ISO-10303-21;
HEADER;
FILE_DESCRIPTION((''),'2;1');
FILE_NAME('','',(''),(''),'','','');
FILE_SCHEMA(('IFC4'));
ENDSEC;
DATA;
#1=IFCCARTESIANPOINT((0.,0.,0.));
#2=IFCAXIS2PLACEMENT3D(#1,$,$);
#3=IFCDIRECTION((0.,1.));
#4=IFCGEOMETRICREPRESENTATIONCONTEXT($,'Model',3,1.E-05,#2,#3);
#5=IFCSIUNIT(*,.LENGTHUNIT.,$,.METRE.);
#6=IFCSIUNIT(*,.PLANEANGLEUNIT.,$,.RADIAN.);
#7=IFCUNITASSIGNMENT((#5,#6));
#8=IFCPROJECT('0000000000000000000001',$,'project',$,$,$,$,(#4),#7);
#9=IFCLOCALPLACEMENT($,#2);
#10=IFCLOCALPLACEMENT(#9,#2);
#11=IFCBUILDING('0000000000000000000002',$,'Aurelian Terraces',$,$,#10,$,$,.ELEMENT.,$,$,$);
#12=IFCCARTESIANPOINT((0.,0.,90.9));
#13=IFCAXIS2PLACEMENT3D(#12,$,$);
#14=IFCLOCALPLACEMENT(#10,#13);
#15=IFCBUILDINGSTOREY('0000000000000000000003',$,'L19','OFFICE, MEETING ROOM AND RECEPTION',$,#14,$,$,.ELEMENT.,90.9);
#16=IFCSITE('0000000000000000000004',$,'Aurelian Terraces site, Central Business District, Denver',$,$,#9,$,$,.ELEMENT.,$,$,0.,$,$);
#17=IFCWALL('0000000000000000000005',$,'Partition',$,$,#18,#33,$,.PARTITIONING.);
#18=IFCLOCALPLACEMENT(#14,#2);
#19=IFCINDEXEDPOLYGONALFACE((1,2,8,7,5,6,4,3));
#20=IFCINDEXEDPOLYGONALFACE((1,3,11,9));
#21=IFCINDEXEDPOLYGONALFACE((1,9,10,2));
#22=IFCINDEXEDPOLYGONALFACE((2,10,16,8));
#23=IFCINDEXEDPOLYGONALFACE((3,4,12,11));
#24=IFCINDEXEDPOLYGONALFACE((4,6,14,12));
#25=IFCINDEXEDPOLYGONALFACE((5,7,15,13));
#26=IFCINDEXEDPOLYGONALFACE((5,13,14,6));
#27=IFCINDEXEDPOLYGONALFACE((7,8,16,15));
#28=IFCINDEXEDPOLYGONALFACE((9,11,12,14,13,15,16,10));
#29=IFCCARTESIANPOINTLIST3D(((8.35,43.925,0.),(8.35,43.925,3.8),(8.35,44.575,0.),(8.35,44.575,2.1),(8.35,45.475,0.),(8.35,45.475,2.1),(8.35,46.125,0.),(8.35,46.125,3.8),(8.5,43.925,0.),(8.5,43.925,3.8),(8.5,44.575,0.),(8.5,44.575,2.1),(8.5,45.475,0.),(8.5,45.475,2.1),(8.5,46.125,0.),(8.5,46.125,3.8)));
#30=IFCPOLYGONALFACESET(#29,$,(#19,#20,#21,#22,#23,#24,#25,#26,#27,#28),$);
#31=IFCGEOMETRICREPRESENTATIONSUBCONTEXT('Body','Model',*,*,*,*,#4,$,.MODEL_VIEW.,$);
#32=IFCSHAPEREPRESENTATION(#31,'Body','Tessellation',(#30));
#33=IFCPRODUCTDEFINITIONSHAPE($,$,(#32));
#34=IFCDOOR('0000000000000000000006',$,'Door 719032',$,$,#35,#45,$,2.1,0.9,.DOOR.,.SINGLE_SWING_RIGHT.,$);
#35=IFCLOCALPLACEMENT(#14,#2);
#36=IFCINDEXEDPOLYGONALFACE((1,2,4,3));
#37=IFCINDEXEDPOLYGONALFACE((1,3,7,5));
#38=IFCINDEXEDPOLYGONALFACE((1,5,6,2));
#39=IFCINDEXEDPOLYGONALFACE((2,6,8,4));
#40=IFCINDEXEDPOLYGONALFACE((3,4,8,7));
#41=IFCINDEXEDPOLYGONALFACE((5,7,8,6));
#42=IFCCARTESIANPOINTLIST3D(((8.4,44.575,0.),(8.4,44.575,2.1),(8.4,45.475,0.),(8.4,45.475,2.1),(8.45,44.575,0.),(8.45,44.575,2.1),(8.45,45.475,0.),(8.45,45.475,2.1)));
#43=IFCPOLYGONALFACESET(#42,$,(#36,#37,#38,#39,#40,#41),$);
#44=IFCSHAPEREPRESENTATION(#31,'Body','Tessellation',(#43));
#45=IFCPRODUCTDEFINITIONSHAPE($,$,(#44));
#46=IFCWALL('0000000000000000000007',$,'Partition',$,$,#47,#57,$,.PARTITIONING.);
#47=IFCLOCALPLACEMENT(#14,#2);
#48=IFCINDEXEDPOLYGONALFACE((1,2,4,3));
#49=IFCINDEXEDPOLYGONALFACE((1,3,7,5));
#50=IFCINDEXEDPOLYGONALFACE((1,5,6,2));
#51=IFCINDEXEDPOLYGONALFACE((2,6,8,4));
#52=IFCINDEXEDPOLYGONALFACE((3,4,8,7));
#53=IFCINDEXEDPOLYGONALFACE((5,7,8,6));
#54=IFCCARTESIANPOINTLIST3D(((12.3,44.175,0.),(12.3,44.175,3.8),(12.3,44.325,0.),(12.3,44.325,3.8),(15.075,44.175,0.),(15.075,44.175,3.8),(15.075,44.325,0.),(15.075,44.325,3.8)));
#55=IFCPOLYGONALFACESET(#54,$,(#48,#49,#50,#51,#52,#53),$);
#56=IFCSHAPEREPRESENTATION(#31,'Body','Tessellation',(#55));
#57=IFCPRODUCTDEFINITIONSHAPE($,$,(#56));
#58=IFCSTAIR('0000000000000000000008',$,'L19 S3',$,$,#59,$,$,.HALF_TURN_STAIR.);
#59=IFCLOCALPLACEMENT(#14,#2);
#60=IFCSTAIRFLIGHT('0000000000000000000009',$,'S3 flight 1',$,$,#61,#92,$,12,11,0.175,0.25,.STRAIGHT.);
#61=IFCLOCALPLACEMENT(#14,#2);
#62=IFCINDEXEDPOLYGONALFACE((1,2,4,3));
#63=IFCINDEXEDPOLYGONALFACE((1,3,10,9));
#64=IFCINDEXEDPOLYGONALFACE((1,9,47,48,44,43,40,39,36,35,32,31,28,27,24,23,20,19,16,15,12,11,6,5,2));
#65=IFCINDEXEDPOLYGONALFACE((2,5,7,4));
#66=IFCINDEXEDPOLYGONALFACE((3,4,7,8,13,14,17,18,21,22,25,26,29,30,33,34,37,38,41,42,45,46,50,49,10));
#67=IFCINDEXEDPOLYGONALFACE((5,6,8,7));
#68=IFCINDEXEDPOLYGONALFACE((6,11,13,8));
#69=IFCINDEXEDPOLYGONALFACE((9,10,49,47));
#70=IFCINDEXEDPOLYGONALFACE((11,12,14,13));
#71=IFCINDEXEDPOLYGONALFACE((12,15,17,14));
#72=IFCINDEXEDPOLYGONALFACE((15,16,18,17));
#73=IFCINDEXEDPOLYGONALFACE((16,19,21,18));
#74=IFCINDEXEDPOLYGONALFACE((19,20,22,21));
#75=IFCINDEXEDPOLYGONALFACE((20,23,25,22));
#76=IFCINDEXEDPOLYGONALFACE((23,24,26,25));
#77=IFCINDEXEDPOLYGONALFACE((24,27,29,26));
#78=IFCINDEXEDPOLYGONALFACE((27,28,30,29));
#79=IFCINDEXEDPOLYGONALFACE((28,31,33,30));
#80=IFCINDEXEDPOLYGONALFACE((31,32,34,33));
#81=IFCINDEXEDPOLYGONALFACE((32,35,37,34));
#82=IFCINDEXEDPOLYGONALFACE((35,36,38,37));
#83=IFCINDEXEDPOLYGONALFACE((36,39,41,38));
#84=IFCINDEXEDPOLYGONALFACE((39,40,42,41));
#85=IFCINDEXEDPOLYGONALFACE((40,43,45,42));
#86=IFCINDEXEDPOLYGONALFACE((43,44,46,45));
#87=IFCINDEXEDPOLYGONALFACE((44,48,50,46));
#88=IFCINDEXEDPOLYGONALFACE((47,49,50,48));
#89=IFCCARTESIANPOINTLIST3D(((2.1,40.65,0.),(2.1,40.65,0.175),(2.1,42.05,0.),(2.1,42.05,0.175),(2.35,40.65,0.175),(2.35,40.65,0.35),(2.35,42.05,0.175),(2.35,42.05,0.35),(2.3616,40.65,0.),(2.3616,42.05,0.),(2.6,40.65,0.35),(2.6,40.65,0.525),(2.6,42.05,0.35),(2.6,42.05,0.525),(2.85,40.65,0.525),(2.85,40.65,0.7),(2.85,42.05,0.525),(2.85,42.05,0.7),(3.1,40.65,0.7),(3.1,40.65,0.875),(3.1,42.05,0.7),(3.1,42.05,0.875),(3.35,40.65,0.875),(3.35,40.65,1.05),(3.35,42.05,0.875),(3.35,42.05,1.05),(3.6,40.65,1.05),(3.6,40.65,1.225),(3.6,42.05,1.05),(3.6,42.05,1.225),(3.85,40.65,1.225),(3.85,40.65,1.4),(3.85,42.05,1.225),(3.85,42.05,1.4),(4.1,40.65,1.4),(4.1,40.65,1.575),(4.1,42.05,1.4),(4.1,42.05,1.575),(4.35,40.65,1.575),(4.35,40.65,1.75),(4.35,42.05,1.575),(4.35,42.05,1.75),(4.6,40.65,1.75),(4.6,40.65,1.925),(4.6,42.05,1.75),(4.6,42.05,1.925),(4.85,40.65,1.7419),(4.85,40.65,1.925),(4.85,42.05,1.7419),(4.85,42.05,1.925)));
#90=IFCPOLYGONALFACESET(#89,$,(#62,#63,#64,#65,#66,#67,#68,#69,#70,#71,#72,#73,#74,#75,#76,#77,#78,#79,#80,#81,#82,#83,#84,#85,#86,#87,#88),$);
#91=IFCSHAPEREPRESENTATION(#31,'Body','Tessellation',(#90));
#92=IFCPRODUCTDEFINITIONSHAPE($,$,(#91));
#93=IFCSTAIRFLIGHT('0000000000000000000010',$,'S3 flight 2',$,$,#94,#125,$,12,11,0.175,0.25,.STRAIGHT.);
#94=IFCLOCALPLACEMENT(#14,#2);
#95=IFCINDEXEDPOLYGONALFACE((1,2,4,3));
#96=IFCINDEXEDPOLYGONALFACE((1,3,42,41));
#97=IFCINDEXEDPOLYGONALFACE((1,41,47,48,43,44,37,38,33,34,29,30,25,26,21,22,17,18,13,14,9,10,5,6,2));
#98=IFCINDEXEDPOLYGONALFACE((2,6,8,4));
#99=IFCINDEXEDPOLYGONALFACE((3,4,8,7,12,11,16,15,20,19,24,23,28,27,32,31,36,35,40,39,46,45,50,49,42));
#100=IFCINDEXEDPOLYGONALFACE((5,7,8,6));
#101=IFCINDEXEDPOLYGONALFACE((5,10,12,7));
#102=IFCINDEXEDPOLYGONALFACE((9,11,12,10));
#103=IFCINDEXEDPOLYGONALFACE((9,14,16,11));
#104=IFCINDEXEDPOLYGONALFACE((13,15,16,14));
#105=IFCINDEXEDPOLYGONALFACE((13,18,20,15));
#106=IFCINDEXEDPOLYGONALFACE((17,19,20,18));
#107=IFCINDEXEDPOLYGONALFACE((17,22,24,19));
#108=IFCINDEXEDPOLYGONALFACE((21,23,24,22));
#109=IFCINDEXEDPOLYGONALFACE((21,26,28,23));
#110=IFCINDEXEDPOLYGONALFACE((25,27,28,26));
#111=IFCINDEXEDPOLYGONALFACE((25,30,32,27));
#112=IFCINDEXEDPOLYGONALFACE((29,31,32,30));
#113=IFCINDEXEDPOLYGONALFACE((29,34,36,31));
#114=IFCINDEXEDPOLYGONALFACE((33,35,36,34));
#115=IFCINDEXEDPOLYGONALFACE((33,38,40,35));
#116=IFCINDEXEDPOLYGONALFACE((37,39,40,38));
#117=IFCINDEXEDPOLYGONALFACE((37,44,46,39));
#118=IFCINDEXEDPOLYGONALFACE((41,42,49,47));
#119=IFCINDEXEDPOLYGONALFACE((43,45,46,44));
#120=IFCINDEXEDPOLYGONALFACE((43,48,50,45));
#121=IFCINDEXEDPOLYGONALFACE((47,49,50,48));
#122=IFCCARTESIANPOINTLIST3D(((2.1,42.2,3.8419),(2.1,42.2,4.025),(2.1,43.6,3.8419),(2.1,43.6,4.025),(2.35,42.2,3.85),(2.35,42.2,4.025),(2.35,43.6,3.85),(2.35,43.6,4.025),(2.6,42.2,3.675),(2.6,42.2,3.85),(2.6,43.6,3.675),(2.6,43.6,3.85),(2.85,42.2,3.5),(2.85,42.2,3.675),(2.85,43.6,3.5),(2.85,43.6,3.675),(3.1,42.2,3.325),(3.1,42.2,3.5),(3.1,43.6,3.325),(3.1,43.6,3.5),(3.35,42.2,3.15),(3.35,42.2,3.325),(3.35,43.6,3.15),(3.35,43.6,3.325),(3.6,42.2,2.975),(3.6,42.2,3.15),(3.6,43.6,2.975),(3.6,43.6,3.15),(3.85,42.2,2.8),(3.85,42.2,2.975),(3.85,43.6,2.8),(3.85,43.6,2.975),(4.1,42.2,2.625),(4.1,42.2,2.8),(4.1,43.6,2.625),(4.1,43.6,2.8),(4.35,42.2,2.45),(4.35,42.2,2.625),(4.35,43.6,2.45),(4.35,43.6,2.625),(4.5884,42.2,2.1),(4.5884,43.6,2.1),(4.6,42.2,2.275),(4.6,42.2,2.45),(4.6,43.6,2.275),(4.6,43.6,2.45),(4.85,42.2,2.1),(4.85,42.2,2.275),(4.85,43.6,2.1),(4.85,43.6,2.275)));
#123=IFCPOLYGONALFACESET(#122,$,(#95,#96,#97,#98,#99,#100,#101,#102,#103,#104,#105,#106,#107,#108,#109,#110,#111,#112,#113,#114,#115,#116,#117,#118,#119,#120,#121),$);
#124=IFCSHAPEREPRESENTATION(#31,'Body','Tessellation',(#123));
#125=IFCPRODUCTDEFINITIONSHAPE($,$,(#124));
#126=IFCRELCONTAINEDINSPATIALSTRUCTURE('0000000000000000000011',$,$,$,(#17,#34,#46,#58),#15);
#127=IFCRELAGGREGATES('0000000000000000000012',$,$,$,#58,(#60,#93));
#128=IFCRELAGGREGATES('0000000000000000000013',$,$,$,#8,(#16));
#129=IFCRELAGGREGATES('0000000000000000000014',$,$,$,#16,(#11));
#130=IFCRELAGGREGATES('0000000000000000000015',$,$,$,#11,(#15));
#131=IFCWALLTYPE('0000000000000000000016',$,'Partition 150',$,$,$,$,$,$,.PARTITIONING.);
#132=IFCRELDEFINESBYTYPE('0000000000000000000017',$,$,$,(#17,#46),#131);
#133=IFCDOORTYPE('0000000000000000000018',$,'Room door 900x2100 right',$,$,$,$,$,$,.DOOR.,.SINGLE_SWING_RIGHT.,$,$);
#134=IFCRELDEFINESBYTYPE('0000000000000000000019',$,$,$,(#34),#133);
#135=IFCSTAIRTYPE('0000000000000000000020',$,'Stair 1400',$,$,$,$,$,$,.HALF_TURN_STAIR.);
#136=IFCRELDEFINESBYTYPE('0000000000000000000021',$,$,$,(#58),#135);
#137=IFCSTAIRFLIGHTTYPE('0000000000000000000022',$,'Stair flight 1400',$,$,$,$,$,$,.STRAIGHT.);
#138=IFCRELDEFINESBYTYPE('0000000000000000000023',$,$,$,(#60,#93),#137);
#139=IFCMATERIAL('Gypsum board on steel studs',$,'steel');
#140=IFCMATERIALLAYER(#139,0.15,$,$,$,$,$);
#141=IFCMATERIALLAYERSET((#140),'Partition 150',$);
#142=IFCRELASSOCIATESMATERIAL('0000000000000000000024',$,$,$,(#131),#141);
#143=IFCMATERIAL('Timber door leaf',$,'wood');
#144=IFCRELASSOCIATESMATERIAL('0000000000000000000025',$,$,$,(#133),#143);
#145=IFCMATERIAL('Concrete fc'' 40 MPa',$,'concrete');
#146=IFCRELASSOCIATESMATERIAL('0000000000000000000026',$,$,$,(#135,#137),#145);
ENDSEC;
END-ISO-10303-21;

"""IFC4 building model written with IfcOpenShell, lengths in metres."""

from ifc_helpers import new_model, si_unit, direction, frame, frame_2d, origin, place, context, subcontext, project, spatial, polyline, rectangle, outline, extrude, source, transform, mapped, material, layer, layer_set, type_object, element, fill, aggregate, save


model = new_model("IFC4")

# Units and contexts
model_context = context("Model", 3, precision=1e-05, world=origin(), true_north=direction((0.0, 1.0)))
body_context = subcontext(model_context, "Body", "Model", "MODEL_VIEW")
ifc_project = project(units=[si_unit("LENGTHUNIT", "METRE"), si_unit("PLANEANGLEUNIT", "RADIAN")], contexts=[model_context])

# Site, building, storey
site_placement = place(None, origin())
site = spatial("IfcSite", under=ifc_project, at=site_placement, Name="Aurelian Terraces site, Central Business District, Denver", CompositionType="ELEMENT", RefElevation=0.0)
building_placement = place(site_placement, origin())
building = spatial("IfcBuilding", under=site, at=building_placement, Name="Aurelian Terraces", CompositionType="ELEMENT")
storey_placement = place(building_placement, frame((0.0, 0.0, 90.9)))
storey = spatial("IfcBuildingStorey", under=building, at=storey_placement, Name="L19", Description="OFFICE, MEETING ROOM AND RECEPTION", CompositionType="ELEMENT", Elevation=90.9)

# Shared definitions
ifc_material_1 = material(Name="Concrete fc' 40 MPa", Category="concrete")
ifc_material_2 = material(Name="Gypsum board on steel studs", Category="steel")
ifc_layer_1 = layer(ifc_material_2, 0.15)
ifc_layer_set_1 = layer_set([ifc_layer_1], Name="Partition 150")
wall_type_1 = type_object("IfcWallType", Name="Partition 150", PredefinedType="PARTITIONING", material=ifc_layer_set_1)

# Wall, opening, door
shared_shape_1 = source(origin(), body_context, "Body", "SweptSolid", [
    extrude(rectangle(XDim=2.2, YDim=0.15, at=frame_2d((1.1, 0.0))), origin(), (0.0, 0.0, 1.0), 3.8),
])
wall_1_placement = place(storey_placement, frame((8.425, 43.925, 0.0), z_axis=(0.0, 0.0, 1.0), x_axis=(0.0, 1.0, 0.0)))
wall_1 = element("IfcWall", 1, at=wall_1_placement, inside=storey, type_object=wall_type_1, Name="Partition", PredefinedType="PARTITIONING", context=body_context, shape_type="MappedRepresentation", body=[
    mapped(shared_shape_1, transform((0.0, 0.0, 0.0), scale=1.0)),
])
shared_shape_2 = source(origin(), body_context, "Body", "SweptSolid", [
    extrude(rectangle(XDim=0.9, YDim=2.1, at=frame_2d((0.45, 1.05))), frame((0.0, 0.085, 0.0), z_axis=(0.0, -1.0, 0.0), x_axis=(1.0, 0.0, 0.0)), (0.0, 0.0, 1.0), 0.17),
])
opening_1_placement = place(wall_1_placement, frame((0.65, 0.0, 0.0)))
opening_1 = element("IfcOpeningElement", 2, at=opening_1_placement, cuts=wall_1, PredefinedType="OPENING", context=body_context, shape_type="MappedRepresentation", body=[
    mapped(shared_shape_2, transform((0.0, 0.0, 0.0), scale=1.0)),
])
ifc_material_3 = material(Name="Timber door leaf", Category="wood")
door_type = type_object("IfcDoorType", Name="Room door 900x2100 right", OperationType="SINGLE_SWING_RIGHT", PredefinedType="DOOR", material=ifc_material_3)
shared_shape_3 = source(origin(), body_context, "Body", "SweptSolid", [
    extrude(rectangle(XDim=0.9, YDim=2.1, at=frame_2d((0.45, 1.05))), frame((0.0, 0.025, 0.0), z_axis=(0.0, -1.0, 0.0), x_axis=(1.0, 0.0, 0.0)), (0.0, 0.0, 1.0), 0.05),
])
door_placement = place(opening_1_placement, origin())
door = element("IfcDoor", 3, at=door_placement, inside=storey, type_object=door_type, Name="Door 719032", OperationType="SINGLE_SWING_RIGHT", OverallHeight=2.1, OverallWidth=0.9, PredefinedType="DOOR", context=body_context, shape_type="MappedRepresentation", body=[
    mapped(shared_shape_3, transform((0.0, 0.0, 0.0), scale=1.0)),
])
fill(opening_1, door)

# Wall
shared_shape_4 = source(origin(), body_context, "Body", "SweptSolid", [
    extrude(rectangle(XDim=2.775, YDim=0.15, at=frame_2d((1.3875, 0.0))), origin(), (0.0, 0.0, 1.0), 3.8),
])
wall_2_placement = place(storey_placement, frame((15.075, 44.25, 0.0), z_axis=(0.0, 0.0, 1.0), x_axis=(-1.0, 0.0, 0.0)))
element("IfcWall", 4, at=wall_2_placement, inside=storey, type_object=wall_type_1, Name="Partition", PredefinedType="PARTITIONING", context=body_context, shape_type="MappedRepresentation", body=[
    mapped(shared_shape_4, transform((0.0, 0.0, 0.0), scale=1.0)),
])

# Stair, stair flights
stair_type = type_object("IfcStairType", Name="Stair 1400", PredefinedType="HALF_TURN_STAIR", material=ifc_material_1)
stair_placement = place(storey_placement, origin())
stair = element("IfcStair", 5, at=stair_placement, inside=storey, type_object=stair_type, Name="L19 S3", PredefinedType="HALF_TURN_STAIR")
stair_flight_type = type_object("IfcStairFlightType", Name="Stair flight 1400", PredefinedType="STRAIGHT", material=ifc_material_1)
shared_shape_5 = source(origin(), body_context, "Body", "SweptSolid", [
    extrude(outline(polyline([(0.0, 0.0), (0.0, 0.175), (0.25, 0.175), (0.25, 0.35), (0.5, 0.35), (0.5, 0.525), (0.75, 0.525), (0.75, 0.7), (1.0, 0.7), (1.0, 0.875), (1.25, 0.875), (1.25, 1.05), (1.5, 1.05), (1.5, 1.225), (1.75, 1.225), (1.75, 1.4), (2.0, 1.4), (2.0, 1.575), (2.25, 1.575), (2.25, 1.75), (2.5, 1.75), (2.5, 1.925), (2.75, 1.925), (2.75, 2.1), (2.75, 1.7419), (0.2616, 0.0), (0.0, 0.0)])), frame((0.0, 0.7, 0.0), z_axis=(0.0, -1.0, 0.0), x_axis=(1.0, 0.0, 0.0)), (0.0, 0.0, 1.0), 1.4),
])
stair_flight_1_placement = place(storey_placement, frame((2.1, 41.35, 0.0), z_axis=(0.0, 0.0, 1.0), x_axis=(1.0, 0.0, 0.0)))
stair_flight_1 = element("IfcStairFlight", 6, at=stair_flight_1_placement, type_object=stair_flight_type, Name="S3 flight 1", NumberOfRisers=12, NumberOfTreads=11, PredefinedType="STRAIGHT", RiserHeight=0.175, TreadLength=0.25, context=body_context, shape_type="MappedRepresentation", body=[
    mapped(shared_shape_5, transform((0.0, 0.0, 0.0), scale=1.0)),
])
stair_flight_2_placement = place(storey_placement, frame((4.85, 42.9, 2.1), z_axis=(0.0, 0.0, 1.0), x_axis=(-1.0, 0.0, 0.0)))
stair_flight_2 = element("IfcStairFlight", 7, at=stair_flight_2_placement, type_object=stair_flight_type, Name="S3 flight 2", NumberOfRisers=12, NumberOfTreads=11, PredefinedType="STRAIGHT", RiserHeight=0.175, TreadLength=0.25, context=body_context, shape_type="MappedRepresentation", body=[
    mapped(shared_shape_5, transform((0.0, 0.0, 0.0), scale=1.0)),
])
aggregate(stair, [stair_flight_1, stair_flight_2])

save(model, "model.ifc")
